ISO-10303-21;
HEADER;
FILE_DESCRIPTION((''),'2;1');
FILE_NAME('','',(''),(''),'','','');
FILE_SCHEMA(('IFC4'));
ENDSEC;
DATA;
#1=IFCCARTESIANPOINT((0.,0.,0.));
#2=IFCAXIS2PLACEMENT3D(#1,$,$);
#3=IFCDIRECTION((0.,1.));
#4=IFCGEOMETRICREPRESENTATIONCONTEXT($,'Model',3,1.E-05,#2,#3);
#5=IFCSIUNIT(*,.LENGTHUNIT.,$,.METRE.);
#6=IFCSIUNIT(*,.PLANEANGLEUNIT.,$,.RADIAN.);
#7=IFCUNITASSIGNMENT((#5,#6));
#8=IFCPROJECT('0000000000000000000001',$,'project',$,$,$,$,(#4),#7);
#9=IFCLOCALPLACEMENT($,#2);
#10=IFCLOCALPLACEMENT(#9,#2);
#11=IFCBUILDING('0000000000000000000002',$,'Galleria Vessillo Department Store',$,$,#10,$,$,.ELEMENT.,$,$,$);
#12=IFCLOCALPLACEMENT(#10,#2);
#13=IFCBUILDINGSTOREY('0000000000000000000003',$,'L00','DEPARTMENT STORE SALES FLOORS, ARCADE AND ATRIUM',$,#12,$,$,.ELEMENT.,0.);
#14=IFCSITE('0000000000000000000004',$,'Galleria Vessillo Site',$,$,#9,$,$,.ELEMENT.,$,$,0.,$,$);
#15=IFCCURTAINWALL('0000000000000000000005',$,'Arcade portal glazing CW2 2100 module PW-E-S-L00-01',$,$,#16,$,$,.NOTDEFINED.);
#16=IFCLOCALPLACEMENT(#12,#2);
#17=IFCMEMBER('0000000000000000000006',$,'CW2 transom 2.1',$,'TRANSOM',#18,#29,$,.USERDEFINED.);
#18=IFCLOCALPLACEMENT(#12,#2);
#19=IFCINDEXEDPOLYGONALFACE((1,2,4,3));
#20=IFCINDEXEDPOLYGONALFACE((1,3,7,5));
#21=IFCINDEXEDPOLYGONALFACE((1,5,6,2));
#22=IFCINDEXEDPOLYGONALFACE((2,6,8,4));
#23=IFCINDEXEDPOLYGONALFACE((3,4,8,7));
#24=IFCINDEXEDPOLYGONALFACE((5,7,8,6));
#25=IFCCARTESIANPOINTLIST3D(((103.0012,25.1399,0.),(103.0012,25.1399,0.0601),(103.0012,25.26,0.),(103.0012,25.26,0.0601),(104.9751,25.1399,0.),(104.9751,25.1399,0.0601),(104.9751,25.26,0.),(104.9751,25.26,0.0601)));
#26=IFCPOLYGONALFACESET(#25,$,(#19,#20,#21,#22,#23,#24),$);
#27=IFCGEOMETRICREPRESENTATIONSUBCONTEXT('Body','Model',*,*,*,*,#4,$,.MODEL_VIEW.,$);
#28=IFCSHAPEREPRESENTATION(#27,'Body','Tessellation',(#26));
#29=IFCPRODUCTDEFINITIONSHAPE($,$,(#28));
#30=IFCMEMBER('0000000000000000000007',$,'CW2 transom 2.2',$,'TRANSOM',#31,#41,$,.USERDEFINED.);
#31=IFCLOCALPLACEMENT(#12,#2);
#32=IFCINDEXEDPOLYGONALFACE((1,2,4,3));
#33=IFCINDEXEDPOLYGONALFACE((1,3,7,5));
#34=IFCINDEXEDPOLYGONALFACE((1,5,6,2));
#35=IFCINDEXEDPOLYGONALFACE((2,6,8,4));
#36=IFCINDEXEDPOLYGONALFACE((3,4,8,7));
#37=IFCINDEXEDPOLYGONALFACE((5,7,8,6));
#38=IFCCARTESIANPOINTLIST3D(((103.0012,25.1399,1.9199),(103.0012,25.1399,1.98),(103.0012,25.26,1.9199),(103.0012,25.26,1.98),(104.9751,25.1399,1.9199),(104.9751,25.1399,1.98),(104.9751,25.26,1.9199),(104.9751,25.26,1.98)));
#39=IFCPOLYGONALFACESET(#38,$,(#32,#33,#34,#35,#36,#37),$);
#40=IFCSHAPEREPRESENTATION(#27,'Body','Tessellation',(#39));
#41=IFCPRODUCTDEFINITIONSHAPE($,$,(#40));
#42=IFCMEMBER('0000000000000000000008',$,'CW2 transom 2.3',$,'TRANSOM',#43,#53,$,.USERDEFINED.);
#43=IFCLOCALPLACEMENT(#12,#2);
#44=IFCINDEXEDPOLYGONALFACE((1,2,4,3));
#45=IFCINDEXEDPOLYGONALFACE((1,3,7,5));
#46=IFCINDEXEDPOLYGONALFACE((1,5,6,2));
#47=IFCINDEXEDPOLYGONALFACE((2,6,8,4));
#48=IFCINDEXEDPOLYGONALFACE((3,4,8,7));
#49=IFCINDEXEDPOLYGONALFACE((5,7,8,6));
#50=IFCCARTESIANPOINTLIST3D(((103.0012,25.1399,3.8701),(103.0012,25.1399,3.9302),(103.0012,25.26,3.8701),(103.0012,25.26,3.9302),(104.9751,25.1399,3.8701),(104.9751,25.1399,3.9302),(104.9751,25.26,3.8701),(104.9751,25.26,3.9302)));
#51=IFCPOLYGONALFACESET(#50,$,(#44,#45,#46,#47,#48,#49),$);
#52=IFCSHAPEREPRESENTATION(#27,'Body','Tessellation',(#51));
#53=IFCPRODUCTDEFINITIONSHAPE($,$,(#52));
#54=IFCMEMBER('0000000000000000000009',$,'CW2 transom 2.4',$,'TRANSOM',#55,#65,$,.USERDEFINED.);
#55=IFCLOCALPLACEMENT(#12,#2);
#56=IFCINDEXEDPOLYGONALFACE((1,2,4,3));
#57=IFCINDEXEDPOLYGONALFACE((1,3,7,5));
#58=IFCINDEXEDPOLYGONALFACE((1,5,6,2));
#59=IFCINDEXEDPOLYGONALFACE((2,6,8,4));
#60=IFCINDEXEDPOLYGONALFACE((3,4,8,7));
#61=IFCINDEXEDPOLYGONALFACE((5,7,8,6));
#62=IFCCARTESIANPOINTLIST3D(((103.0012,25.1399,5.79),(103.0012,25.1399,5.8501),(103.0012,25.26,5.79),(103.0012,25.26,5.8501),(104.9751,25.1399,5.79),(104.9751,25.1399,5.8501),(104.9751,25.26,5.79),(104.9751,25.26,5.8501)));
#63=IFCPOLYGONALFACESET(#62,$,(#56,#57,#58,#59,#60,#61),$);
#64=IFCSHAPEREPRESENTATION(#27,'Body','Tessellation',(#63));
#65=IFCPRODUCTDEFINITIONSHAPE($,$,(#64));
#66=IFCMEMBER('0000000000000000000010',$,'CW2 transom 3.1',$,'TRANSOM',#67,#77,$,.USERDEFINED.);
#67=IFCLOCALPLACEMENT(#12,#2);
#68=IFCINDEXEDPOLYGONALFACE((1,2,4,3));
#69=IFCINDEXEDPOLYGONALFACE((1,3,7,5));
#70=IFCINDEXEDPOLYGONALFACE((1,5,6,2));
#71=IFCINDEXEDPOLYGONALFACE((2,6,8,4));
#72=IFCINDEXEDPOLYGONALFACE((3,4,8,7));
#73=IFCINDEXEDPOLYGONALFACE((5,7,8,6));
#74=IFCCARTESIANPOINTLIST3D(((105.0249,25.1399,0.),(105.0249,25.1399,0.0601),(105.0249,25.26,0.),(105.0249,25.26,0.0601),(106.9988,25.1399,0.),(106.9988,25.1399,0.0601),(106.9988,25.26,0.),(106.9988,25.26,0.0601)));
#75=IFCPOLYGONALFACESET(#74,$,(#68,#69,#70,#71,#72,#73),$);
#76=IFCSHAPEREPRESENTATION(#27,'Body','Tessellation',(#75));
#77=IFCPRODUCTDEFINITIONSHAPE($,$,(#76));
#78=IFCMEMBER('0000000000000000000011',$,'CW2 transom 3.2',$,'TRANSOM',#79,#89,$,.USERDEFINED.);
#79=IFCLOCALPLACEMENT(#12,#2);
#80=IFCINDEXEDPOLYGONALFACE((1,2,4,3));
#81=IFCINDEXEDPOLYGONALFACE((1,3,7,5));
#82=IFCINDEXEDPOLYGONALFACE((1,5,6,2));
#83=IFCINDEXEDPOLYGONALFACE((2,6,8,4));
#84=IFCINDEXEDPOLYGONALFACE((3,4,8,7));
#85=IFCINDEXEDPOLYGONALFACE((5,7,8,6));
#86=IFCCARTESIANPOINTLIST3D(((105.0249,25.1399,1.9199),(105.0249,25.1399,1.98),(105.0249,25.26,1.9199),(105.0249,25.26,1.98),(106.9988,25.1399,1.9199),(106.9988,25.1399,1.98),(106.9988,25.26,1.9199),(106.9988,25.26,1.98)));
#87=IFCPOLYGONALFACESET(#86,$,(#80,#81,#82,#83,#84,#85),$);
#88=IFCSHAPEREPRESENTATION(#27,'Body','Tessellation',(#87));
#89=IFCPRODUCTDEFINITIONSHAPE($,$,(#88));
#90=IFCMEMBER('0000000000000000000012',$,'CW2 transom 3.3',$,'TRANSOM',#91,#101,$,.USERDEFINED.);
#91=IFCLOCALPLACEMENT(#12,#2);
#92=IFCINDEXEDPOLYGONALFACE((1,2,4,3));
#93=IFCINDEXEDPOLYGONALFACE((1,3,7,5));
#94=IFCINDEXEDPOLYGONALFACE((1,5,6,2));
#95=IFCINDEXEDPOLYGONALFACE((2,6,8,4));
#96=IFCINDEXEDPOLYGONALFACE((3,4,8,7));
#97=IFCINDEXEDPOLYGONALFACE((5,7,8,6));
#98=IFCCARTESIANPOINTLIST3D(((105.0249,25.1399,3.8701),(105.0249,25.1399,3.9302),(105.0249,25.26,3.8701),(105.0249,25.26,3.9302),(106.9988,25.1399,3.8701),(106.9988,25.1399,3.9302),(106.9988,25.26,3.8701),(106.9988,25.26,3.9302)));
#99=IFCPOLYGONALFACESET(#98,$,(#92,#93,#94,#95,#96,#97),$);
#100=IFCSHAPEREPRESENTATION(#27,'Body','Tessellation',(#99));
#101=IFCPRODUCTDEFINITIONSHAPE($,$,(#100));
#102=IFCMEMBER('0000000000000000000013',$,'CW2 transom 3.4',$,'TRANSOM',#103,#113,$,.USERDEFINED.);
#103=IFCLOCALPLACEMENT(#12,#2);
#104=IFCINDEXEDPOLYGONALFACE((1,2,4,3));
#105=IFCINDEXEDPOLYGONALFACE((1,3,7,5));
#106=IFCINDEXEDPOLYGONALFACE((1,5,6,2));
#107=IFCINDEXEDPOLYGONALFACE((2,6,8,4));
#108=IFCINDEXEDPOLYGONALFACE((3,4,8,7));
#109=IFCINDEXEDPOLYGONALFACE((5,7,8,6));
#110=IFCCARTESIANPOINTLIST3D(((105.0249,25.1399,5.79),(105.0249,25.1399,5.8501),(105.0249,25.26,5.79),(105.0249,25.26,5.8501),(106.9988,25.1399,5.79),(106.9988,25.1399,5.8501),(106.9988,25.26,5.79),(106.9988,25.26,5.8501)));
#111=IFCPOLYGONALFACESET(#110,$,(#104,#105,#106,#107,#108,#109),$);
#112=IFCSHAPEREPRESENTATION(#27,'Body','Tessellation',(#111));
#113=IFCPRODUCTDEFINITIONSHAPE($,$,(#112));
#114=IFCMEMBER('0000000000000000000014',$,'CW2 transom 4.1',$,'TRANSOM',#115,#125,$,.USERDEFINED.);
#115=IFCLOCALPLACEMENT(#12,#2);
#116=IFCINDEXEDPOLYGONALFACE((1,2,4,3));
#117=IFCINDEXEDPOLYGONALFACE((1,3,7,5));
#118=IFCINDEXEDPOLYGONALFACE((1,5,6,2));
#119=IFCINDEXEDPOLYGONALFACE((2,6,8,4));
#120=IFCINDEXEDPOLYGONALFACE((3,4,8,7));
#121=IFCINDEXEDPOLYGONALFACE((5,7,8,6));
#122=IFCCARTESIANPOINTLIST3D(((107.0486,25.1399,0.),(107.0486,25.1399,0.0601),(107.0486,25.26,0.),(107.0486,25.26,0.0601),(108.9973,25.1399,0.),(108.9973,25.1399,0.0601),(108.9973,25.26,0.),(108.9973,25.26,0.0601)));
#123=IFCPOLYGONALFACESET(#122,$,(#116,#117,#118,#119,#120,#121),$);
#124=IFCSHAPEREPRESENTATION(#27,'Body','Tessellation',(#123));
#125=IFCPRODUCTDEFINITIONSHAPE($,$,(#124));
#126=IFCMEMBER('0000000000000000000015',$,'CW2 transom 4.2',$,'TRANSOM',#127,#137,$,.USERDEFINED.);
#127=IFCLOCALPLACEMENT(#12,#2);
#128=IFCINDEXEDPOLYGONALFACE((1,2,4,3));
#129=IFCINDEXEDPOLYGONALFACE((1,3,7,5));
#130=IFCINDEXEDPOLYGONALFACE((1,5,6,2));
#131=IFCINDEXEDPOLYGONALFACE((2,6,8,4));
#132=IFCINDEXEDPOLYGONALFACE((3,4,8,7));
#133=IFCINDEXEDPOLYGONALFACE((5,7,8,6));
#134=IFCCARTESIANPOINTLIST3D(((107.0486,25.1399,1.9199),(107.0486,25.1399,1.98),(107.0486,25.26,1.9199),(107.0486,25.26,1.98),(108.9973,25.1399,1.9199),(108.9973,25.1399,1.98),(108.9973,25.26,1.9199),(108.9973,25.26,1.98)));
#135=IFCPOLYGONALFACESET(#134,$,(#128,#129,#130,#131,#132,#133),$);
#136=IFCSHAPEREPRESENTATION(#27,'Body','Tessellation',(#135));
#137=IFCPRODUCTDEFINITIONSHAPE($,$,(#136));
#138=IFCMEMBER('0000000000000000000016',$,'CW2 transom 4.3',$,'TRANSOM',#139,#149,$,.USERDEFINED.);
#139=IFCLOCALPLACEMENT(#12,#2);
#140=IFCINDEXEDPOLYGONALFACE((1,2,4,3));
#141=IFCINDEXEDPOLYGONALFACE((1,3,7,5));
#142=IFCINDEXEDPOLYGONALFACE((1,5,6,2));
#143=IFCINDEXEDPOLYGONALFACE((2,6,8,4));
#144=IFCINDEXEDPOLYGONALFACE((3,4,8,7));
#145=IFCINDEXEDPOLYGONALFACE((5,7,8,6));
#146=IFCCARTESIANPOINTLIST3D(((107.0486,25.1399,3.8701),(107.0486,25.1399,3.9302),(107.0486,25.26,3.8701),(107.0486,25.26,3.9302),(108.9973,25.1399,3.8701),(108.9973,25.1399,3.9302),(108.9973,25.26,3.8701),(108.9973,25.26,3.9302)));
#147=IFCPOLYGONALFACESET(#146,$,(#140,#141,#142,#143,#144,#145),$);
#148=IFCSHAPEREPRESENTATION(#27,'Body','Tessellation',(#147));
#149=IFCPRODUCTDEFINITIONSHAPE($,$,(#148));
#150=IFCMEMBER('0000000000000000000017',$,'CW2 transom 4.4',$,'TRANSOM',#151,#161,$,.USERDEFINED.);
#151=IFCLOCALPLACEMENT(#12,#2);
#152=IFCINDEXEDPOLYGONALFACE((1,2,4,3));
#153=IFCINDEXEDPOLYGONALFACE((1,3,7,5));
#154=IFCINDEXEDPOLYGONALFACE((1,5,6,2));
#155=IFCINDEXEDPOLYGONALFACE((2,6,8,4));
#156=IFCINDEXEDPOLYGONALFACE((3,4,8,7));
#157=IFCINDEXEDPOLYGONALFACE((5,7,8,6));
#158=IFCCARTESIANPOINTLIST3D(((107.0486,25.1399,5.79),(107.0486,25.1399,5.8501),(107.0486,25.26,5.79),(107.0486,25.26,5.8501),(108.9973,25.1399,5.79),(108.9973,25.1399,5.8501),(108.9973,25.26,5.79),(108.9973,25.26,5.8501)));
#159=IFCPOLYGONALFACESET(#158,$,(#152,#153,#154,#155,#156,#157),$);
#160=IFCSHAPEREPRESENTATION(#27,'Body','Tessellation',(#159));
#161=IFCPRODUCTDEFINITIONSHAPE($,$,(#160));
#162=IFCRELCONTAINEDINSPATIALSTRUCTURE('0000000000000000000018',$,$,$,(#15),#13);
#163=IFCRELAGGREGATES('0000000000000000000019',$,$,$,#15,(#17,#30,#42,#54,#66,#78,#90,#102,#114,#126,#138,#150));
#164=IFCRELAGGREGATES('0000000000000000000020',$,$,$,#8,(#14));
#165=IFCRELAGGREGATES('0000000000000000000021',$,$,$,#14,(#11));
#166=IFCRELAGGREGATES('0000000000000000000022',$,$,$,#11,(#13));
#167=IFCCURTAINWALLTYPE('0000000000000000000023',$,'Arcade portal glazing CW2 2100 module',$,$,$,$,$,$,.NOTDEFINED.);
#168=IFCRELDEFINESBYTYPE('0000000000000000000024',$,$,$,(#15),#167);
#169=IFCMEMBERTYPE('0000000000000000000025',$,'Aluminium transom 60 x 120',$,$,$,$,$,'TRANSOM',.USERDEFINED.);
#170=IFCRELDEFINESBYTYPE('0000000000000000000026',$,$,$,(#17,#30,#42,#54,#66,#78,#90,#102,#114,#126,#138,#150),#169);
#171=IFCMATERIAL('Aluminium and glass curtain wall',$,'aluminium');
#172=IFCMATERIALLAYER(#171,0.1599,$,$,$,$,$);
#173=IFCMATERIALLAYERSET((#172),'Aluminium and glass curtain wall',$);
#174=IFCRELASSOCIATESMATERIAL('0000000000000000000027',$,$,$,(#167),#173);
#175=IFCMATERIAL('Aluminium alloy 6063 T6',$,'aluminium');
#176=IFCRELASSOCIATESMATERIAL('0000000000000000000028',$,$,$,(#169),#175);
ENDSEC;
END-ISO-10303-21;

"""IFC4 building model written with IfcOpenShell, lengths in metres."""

from ifc_helpers import new_model, si_unit, direction, frame, origin, origin_2d, place, context, subcontext, project, spatial, rectangle, extrude, material, layer, layer_set, material_profile, profile_set, type_object, element, aggregate, save


model = new_model("IFC4")

# Units and contexts
model_context = context("Model", 3, precision=1e-05, world=origin(), true_north=direction((0.0, 1.0)))
body_context = subcontext(model_context, "Body", "Model", "MODEL_VIEW")
ifc_project = project(units=[si_unit("LENGTHUNIT", "METRE"), si_unit("PLANEANGLEUNIT", "RADIAN")], contexts=[model_context])

# Site, building, storey
site_placement = place(None, origin())
site = spatial("IfcSite", under=ifc_project, at=site_placement, Name="Galleria Vessillo Site", CompositionType="ELEMENT", RefElevation=0.0)
building_placement = place(site_placement, origin())
building = spatial("IfcBuilding", under=site, at=building_placement, Name="Galleria Vessillo Department Store", CompositionType="ELEMENT")
storey_placement = place(building_placement, origin())
storey = spatial("IfcBuildingStorey", under=building, at=storey_placement, Name="L00", Description="DEPARTMENT STORE SALES FLOORS, ARCADE AND ATRIUM", CompositionType="ELEMENT", Elevation=0.0)

# Curtain wall
ifc_material_1 = material(Name="Aluminium and glass curtain wall", Category="aluminium")
ifc_layer_1 = layer(ifc_material_1, 0.1599)
ifc_layer_set_1 = layer_set([ifc_layer_1], Name="Aluminium and glass curtain wall")
curtain_wall_type_1 = type_object("IfcCurtainWallType", Name="Arcade portal glazing CW2 2100 module", PredefinedType="NOTDEFINED", material=ifc_layer_set_1)
curtain_wall_1_placement = place(storey_placement, origin())
curtain_wall_1 = element("IfcCurtainWall", 1, at=curtain_wall_1_placement, inside=storey, type_object=curtain_wall_type_1, Name="Arcade portal glazing CW2 2100 module PW-E-S-L00-01", PredefinedType="NOTDEFINED")

# Members
ifc_material_2 = material(Name="Aluminium alloy 6063 T6", Category="aluminium")
ifc_material_profile_1 = material_profile(ifc_material_2, rectangle(XDim=0.1201, YDim=0.0601, at=origin_2d()), Name="AL 60x120")
ifc_profile_set_1 = profile_set([ifc_material_profile_1], Name="Aluminium alloy 6063 T6")
member_type_1 = type_object("IfcMemberType", Name="Aluminium transom 60 x 120", ElementType="TRANSOM", PredefinedType="USERDEFINED", material=ifc_profile_set_1)
member_1_placement = place(storey_placement, frame((103.0012, 25.2, 0.03), z_axis=(1.0, 0.0, 0.0), x_axis=(0.0, 1.0, 0.0)))
member_1 = element("IfcMember", 2, at=member_1_placement, type_object=member_type_1, Name="CW2 transom 2.1", ObjectType="TRANSOM", PredefinedType="USERDEFINED", context=body_context, shape_type="SweptSolid", body=[
    extrude(rectangle(XDim=0.1201, YDim=0.0601, at=origin_2d()), origin(), (0.0, 0.0, 1.0), 1.9739),
])
member_2_placement = place(storey_placement, frame((103.0012, 25.2, 1.95), z_axis=(1.0, 0.0, 0.0), x_axis=(0.0, 1.0, 0.0)))
member_2 = element("IfcMember", 3, at=member_2_placement, type_object=member_type_1, Name="CW2 transom 2.2", ObjectType="TRANSOM", PredefinedType="USERDEFINED", context=body_context, shape_type="SweptSolid", body=[
    extrude(rectangle(XDim=0.1201, YDim=0.0601, at=origin_2d()), origin(), (0.0, 0.0, 1.0), 1.9739),
])
member_3_placement = place(storey_placement, frame((103.0012, 25.2, 3.9001), z_axis=(1.0, 0.0, 0.0), x_axis=(0.0, 1.0, 0.0)))
member_3 = element("IfcMember", 4, at=member_3_placement, type_object=member_type_1, Name="CW2 transom 2.3", ObjectType="TRANSOM", PredefinedType="USERDEFINED", context=body_context, shape_type="SweptSolid", body=[
    extrude(rectangle(XDim=0.1201, YDim=0.0601, at=origin_2d()), origin(), (0.0, 0.0, 1.0), 1.9739),
])
member_4_placement = place(storey_placement, frame((103.0012, 25.2, 5.8201), z_axis=(1.0, 0.0, 0.0), x_axis=(0.0, 1.0, 0.0)))
member_4 = element("IfcMember", 5, at=member_4_placement, type_object=member_type_1, Name="CW2 transom 2.4", ObjectType="TRANSOM", PredefinedType="USERDEFINED", context=body_context, shape_type="SweptSolid", body=[
    extrude(rectangle(XDim=0.1201, YDim=0.0601, at=origin_2d()), origin(), (0.0, 0.0, 1.0), 1.9739),
])
member_5_placement = place(storey_placement, frame((105.0249, 25.2, 0.03), z_axis=(1.0, 0.0, 0.0), x_axis=(0.0, 1.0, 0.0)))
member_5 = element("IfcMember", 6, at=member_5_placement, type_object=member_type_1, Name="CW2 transom 3.1", ObjectType="TRANSOM", PredefinedType="USERDEFINED", context=body_context, shape_type="SweptSolid", body=[
    extrude(rectangle(XDim=0.1201, YDim=0.0601, at=origin_2d()), origin(), (0.0, 0.0, 1.0), 1.9739),
])
member_6_placement = place(storey_placement, frame((105.0249, 25.2, 1.95), z_axis=(1.0, 0.0, 0.0), x_axis=(0.0, 1.0, 0.0)))
member_6 = element("IfcMember", 7, at=member_6_placement, type_object=member_type_1, Name="CW2 transom 3.2", ObjectType="TRANSOM", PredefinedType="USERDEFINED", context=body_context, shape_type="SweptSolid", body=[
    extrude(rectangle(XDim=0.1201, YDim=0.0601, at=origin_2d()), origin(), (0.0, 0.0, 1.0), 1.9739),
])
member_7_placement = place(storey_placement, frame((105.0249, 25.2, 3.9001), z_axis=(1.0, 0.0, 0.0), x_axis=(0.0, 1.0, 0.0)))
member_7 = element("IfcMember", 8, at=member_7_placement, type_object=member_type_1, Name="CW2 transom 3.3", ObjectType="TRANSOM", PredefinedType="USERDEFINED", context=body_context, shape_type="SweptSolid", body=[
    extrude(rectangle(XDim=0.1201, YDim=0.0601, at=origin_2d()), origin(), (0.0, 0.0, 1.0), 1.9739),
])
member_8_placement = place(storey_placement, frame((105.0249, 25.2, 5.8201), z_axis=(1.0, 0.0, 0.0), x_axis=(0.0, 1.0, 0.0)))
member_8 = element("IfcMember", 9, at=member_8_placement, type_object=member_type_1, Name="CW2 transom 3.4", ObjectType="TRANSOM", PredefinedType="USERDEFINED", context=body_context, shape_type="SweptSolid", body=[
    extrude(rectangle(XDim=0.1201, YDim=0.0601, at=origin_2d()), origin(), (0.0, 0.0, 1.0), 1.9739),
])
member_9_placement = place(storey_placement, frame((107.0486, 25.2, 0.03), z_axis=(1.0, 0.0, 0.0), x_axis=(0.0, 1.0, 0.0)))
member_9 = element("IfcMember", 10, at=member_9_placement, type_object=member_type_1, Name="CW2 transom 4.1", ObjectType="TRANSOM", PredefinedType="USERDEFINED", context=body_context, shape_type="SweptSolid", body=[
    extrude(rectangle(XDim=0.1201, YDim=0.0601, at=origin_2d()), origin(), (0.0, 0.0, 1.0), 1.9487),
])
member_10_placement = place(storey_placement, frame((107.0486, 25.2, 1.95), z_axis=(1.0, 0.0, 0.0), x_axis=(0.0, 1.0, 0.0)))
member_10 = element("IfcMember", 11, at=member_10_placement, type_object=member_type_1, Name="CW2 transom 4.2", ObjectType="TRANSOM", PredefinedType="USERDEFINED", context=body_context, shape_type="SweptSolid", body=[
    extrude(rectangle(XDim=0.1201, YDim=0.0601, at=origin_2d()), origin(), (0.0, 0.0, 1.0), 1.9487),
])
member_11_placement = place(storey_placement, frame((107.0486, 25.2, 3.9001), z_axis=(1.0, 0.0, 0.0), x_axis=(0.0, 1.0, 0.0)))
member_11 = element("IfcMember", 12, at=member_11_placement, type_object=member_type_1, Name="CW2 transom 4.3", ObjectType="TRANSOM", PredefinedType="USERDEFINED", context=body_context, shape_type="SweptSolid", body=[
    extrude(rectangle(XDim=0.1201, YDim=0.0601, at=origin_2d()), origin(), (0.0, 0.0, 1.0), 1.9487),
])
member_12_placement = place(storey_placement, frame((107.0486, 25.2, 5.8201), z_axis=(1.0, 0.0, 0.0), x_axis=(0.0, 1.0, 0.0)))
member_12 = element("IfcMember", 13, at=member_12_placement, type_object=member_type_1, Name="CW2 transom 4.4", ObjectType="TRANSOM", PredefinedType="USERDEFINED", context=body_context, shape_type="SweptSolid", body=[
    extrude(rectangle(XDim=0.1201, YDim=0.0601, at=origin_2d()), origin(), (0.0, 0.0, 1.0), 1.9487),
])

aggregate(curtain_wall_1, [member_1, member_2, member_3, member_4, member_5, member_6, member_7, member_8, member_9, member_10, member_11, member_12])

save(model, "model.ifc")
